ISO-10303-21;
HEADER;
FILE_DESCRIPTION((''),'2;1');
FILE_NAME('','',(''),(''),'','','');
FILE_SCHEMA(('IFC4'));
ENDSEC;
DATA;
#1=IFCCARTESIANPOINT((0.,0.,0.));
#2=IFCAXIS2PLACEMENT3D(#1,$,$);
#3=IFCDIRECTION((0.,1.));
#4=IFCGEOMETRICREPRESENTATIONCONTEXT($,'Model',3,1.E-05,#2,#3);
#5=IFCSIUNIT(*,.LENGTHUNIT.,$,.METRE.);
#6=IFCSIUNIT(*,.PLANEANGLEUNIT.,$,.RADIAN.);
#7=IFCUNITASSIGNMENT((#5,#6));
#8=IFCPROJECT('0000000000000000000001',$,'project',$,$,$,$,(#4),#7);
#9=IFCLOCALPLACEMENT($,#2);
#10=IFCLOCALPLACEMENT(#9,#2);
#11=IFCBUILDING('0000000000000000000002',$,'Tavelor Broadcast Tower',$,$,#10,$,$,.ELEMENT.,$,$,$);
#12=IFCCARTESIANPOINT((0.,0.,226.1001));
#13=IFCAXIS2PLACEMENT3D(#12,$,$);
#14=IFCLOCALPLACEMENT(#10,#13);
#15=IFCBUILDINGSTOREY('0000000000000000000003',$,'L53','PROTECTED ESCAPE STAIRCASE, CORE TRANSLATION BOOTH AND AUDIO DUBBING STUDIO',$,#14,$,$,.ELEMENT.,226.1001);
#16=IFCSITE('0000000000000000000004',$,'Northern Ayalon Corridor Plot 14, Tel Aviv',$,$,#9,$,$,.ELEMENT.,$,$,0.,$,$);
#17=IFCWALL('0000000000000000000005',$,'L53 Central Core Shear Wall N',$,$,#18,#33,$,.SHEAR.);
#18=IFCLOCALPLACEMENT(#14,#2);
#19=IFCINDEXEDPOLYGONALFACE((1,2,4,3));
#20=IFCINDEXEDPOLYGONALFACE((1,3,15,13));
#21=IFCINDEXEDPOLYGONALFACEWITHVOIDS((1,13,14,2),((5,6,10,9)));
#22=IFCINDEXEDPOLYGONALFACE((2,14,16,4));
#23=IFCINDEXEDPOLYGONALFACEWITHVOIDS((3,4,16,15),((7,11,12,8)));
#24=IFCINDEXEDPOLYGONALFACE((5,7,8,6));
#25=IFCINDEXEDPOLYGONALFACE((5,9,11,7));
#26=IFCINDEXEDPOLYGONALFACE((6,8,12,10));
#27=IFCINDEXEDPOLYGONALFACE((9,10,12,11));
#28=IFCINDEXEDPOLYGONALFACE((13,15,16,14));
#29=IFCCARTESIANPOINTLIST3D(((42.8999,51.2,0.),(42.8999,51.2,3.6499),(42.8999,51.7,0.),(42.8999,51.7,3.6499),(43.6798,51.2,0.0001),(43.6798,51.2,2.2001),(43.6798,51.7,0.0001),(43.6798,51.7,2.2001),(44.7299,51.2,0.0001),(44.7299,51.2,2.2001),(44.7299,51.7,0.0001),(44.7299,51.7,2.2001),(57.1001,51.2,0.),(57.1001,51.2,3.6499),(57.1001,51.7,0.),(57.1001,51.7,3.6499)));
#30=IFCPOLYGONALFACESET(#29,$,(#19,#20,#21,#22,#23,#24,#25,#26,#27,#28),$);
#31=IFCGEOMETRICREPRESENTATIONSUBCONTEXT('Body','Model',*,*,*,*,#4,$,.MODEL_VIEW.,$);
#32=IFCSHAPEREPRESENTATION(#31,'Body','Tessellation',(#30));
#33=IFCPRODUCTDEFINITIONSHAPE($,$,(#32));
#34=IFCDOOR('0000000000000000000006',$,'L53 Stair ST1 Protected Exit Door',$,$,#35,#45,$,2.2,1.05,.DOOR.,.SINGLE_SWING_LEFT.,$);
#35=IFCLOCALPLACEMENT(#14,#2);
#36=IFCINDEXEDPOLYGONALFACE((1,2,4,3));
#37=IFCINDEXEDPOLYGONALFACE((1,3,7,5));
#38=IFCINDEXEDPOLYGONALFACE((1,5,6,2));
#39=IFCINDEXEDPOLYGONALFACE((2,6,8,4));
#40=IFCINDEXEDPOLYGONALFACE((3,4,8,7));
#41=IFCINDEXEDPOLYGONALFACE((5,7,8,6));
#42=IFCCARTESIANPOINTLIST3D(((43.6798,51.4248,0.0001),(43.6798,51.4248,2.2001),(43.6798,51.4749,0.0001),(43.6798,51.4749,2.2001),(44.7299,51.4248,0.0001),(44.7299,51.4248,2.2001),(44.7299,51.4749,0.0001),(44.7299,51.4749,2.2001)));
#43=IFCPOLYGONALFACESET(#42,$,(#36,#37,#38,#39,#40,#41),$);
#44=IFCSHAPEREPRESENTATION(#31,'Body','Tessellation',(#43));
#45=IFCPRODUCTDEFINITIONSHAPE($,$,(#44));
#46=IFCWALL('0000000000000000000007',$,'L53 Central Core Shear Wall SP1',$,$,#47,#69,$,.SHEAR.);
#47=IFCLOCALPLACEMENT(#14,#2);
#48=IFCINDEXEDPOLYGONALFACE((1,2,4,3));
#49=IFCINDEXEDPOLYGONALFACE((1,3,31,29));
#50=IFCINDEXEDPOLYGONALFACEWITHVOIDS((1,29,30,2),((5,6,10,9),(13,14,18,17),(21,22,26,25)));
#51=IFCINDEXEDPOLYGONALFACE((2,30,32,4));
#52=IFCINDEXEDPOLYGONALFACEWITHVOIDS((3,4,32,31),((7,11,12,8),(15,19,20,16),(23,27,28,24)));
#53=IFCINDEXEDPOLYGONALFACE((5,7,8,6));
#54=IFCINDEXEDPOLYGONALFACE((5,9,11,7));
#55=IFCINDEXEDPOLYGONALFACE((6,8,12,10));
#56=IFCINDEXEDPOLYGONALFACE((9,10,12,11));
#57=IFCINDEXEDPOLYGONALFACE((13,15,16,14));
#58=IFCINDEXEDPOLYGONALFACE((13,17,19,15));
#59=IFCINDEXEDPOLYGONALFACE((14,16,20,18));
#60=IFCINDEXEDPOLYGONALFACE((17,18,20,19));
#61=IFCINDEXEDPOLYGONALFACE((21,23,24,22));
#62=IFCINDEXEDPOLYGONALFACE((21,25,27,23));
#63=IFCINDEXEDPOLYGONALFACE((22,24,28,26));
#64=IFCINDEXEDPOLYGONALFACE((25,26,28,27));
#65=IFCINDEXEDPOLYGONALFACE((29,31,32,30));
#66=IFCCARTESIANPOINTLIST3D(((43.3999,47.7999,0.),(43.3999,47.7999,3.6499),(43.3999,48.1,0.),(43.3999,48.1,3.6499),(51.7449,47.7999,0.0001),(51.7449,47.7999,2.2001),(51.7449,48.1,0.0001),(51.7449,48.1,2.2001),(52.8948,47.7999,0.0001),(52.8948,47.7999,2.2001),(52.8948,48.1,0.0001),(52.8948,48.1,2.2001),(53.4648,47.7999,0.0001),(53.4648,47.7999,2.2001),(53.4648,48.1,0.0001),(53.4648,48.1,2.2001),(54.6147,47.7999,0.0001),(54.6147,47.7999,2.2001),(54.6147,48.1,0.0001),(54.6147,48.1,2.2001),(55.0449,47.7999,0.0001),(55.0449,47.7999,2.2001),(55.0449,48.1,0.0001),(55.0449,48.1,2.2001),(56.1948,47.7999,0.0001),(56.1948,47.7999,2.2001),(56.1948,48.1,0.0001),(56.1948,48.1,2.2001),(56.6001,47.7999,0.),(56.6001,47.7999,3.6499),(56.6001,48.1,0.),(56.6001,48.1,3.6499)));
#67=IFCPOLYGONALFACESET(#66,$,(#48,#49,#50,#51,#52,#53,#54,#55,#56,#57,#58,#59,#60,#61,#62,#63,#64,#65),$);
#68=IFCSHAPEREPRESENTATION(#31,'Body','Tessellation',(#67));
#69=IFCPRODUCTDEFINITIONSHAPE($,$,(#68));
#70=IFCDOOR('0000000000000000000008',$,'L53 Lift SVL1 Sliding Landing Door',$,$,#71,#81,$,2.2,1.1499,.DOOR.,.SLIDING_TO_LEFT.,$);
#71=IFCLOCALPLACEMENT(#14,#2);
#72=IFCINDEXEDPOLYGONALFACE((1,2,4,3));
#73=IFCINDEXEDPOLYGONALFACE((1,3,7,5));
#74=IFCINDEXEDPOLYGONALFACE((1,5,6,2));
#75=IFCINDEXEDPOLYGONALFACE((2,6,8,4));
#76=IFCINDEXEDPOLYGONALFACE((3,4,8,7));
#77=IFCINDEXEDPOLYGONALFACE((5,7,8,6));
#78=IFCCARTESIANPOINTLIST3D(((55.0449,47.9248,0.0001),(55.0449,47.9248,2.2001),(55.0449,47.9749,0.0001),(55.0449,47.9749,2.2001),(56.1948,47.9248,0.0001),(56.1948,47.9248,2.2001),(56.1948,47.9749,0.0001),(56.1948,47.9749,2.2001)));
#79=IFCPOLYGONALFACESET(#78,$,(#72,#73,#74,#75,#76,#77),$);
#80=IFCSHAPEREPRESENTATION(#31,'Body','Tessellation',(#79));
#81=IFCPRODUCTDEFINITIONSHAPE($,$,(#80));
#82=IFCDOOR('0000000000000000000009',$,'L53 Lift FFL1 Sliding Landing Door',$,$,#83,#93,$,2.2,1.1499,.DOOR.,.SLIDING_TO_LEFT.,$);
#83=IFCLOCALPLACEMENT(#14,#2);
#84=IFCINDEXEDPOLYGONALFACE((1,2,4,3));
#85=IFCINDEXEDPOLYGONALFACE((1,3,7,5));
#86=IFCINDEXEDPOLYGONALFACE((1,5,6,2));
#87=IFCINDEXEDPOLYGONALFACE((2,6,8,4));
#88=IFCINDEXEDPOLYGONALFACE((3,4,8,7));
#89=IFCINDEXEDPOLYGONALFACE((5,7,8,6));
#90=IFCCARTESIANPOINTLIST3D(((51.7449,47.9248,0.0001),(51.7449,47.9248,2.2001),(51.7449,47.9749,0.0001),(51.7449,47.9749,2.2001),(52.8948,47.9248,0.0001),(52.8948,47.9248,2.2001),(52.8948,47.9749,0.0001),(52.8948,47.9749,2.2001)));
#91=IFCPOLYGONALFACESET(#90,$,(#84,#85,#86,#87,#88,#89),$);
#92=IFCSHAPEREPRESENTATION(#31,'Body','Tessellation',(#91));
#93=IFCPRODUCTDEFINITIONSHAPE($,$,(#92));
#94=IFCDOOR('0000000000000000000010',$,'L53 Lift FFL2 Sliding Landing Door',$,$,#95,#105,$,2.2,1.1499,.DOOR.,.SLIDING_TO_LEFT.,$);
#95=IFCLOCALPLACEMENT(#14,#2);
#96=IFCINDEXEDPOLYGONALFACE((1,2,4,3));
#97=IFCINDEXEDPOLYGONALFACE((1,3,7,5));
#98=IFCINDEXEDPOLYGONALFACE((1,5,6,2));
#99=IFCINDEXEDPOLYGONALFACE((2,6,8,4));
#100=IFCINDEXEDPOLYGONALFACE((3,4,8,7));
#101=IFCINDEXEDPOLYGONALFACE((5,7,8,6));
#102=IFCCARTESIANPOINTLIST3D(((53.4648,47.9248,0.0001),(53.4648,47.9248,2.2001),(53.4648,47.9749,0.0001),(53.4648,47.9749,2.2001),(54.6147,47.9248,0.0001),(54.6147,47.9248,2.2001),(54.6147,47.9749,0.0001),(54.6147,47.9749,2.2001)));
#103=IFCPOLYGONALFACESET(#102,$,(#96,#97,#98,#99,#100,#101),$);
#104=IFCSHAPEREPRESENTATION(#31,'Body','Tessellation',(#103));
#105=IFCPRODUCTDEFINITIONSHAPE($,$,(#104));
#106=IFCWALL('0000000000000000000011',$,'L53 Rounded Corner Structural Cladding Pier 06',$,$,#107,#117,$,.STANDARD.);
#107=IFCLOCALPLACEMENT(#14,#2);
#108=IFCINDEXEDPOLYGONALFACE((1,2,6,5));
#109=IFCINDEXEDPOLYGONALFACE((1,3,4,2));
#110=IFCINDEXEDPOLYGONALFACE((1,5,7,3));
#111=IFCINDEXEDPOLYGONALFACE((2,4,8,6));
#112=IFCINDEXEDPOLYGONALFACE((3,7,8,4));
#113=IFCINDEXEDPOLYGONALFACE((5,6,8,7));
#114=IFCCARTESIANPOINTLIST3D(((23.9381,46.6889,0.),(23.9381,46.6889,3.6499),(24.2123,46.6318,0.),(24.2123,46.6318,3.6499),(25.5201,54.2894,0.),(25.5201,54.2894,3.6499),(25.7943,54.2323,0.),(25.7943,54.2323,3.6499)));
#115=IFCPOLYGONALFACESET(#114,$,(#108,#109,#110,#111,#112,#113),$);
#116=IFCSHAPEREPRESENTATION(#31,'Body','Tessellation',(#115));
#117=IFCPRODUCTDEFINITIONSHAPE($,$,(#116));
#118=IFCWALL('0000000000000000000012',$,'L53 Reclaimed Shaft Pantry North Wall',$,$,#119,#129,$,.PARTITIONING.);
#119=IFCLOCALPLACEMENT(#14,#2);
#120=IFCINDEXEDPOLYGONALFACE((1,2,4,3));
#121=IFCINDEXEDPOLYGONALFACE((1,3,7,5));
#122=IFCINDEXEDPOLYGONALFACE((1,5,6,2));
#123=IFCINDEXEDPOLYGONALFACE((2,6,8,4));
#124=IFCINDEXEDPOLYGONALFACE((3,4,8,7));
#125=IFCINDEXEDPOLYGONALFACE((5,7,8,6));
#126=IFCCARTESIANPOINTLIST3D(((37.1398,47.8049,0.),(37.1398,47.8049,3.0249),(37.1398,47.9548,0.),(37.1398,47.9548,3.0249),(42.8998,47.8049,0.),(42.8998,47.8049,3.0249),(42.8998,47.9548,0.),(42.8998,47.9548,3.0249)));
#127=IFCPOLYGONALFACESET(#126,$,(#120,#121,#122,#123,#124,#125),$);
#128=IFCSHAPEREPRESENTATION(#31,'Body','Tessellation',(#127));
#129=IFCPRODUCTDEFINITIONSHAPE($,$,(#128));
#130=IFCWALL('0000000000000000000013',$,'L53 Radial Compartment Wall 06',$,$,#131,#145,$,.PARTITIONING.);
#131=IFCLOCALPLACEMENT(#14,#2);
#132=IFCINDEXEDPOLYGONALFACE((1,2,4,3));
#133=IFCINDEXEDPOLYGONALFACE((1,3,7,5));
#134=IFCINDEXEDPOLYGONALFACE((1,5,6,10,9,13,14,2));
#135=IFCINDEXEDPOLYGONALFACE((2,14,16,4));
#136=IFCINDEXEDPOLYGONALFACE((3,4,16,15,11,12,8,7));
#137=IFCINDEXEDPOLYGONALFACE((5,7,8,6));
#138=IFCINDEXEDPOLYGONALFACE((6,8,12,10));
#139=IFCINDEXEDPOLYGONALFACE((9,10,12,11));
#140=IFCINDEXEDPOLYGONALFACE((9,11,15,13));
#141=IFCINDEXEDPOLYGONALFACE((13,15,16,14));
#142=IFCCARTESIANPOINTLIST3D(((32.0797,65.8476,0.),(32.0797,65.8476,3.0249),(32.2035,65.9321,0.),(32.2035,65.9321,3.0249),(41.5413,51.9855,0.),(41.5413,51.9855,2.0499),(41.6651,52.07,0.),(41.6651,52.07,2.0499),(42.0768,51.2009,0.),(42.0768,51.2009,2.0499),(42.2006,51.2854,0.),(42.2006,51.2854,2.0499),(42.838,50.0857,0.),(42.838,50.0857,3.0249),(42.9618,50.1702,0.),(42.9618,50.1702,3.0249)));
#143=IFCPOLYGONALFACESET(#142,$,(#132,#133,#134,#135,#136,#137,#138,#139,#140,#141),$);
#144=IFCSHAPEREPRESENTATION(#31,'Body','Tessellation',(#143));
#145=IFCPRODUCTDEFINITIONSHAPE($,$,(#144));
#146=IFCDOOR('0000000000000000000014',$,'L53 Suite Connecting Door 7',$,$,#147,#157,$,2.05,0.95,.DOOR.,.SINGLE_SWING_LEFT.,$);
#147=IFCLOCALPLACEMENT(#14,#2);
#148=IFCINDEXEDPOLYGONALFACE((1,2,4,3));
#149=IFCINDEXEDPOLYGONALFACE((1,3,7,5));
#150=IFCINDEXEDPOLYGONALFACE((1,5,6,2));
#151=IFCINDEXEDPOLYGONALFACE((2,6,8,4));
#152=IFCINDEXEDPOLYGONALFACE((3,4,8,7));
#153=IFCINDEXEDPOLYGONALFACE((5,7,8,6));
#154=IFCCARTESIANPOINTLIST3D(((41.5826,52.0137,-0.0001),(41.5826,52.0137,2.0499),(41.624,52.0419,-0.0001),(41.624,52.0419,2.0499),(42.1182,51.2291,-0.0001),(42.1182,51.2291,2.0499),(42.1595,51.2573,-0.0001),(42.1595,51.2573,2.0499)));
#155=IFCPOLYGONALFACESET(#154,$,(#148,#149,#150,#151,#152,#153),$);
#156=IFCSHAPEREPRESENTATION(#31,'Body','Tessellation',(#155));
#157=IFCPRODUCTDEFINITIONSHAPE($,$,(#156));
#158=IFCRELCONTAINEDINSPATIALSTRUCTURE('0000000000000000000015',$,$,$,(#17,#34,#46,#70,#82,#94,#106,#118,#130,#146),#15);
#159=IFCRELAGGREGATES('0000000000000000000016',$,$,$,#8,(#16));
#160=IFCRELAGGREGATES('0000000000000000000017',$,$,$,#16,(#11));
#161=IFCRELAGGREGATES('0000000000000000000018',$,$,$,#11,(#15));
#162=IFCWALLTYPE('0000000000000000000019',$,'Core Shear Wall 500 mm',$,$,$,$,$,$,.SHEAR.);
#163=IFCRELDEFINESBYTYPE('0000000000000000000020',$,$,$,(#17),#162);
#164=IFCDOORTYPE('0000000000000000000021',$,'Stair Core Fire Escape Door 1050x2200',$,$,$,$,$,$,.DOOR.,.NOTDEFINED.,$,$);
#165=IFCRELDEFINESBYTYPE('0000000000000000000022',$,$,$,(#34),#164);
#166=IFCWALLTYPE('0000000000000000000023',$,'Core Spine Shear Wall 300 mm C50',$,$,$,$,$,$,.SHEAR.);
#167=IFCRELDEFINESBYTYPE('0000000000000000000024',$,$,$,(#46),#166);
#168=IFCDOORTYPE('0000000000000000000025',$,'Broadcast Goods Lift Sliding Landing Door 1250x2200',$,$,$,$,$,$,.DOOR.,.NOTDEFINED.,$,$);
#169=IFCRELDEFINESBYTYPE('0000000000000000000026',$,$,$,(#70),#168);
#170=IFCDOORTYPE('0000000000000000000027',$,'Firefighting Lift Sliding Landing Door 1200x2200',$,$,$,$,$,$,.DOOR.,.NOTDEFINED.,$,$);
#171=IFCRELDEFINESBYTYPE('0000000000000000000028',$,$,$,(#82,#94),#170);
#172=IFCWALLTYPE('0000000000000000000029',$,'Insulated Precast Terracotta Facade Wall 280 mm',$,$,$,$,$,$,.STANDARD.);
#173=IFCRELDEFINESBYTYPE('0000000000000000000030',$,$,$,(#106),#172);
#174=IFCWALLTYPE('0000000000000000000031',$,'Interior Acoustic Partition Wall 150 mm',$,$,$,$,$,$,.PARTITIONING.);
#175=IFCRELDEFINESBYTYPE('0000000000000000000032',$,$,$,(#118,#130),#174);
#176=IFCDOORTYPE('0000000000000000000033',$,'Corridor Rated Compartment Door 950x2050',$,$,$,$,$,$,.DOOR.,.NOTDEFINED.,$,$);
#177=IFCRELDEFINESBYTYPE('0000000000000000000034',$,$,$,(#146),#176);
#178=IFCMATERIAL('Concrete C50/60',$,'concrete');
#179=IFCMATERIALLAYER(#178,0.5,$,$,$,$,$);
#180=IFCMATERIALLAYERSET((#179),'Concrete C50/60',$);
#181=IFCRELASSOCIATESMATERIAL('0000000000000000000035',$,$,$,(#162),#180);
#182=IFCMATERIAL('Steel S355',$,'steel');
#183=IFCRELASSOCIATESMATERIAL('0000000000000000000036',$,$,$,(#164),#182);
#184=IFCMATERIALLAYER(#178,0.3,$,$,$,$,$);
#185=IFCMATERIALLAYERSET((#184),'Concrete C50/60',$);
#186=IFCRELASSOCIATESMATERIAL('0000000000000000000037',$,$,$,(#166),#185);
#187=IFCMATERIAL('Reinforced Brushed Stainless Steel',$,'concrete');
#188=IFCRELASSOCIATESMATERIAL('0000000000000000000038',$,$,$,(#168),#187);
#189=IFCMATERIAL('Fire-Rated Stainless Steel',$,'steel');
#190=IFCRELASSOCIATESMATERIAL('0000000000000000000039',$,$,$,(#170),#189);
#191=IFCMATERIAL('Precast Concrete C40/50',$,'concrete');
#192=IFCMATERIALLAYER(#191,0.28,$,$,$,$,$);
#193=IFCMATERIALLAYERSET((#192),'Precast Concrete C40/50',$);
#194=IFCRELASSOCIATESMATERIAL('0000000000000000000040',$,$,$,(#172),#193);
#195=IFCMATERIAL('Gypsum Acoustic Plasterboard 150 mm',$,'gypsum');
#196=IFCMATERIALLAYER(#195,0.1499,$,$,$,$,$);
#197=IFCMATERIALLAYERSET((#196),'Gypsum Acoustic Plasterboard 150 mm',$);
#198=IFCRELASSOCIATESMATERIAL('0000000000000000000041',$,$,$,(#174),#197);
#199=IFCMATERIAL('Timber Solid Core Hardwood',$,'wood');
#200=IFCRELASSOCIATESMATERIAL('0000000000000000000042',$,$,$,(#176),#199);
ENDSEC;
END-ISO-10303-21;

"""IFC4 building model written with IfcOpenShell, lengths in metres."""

from ifc_helpers import new_model, si_unit, direction, frame, frame_2d, origin, place, context, subcontext, project, spatial, rectangle, extrude, material, layer, layer_set, type_object, element, fill, save


model = new_model("IFC4")

# Units and contexts
model_context = context("Model", 3, precision=1e-05, world=origin(), true_north=direction((0.0, 1.0)))
body_context = subcontext(model_context, "Body", "Model", "MODEL_VIEW")
ifc_project = project(units=[si_unit("LENGTHUNIT", "METRE"), si_unit("PLANEANGLEUNIT", "RADIAN")], contexts=[model_context])

# Site, building, storey
site_placement = place(None, origin())
site = spatial("IfcSite", under=ifc_project, at=site_placement, Name="Northern Ayalon Corridor Plot 14, Tel Aviv", CompositionType="ELEMENT", RefElevation=0.0)
building_placement = place(site_placement, origin())
building = spatial("IfcBuilding", under=site, at=building_placement, Name="Tavelor Broadcast Tower", CompositionType="ELEMENT")
storey_placement = place(building_placement, frame((0.0, 0.0, 226.1001)))
storey = spatial("IfcBuildingStorey", under=building, at=storey_placement, Name="L53", Description="PROTECTED ESCAPE STAIRCASE, CORE TRANSLATION BOOTH AND AUDIO DUBBING STUDIO", CompositionType="ELEMENT", Elevation=226.1001)

# Shared definitions
ifc_material_1 = material(Name="Concrete C50/60", Category="concrete")

# Shared definitions
ifc_material_2 = material(Name="Steel S355", Category="steel")

# Wall, opening, door
ifc_layer_1 = layer(ifc_material_1, 0.5)
ifc_layer_set_1 = layer_set([ifc_layer_1], Name="Concrete C50/60")
wall_type_1 = type_object("IfcWallType", Name="Core Shear Wall 500 mm", PredefinedType="SHEAR", material=ifc_layer_set_1)
wall_1_placement = place(storey_placement, frame((42.8999, 51.45, 0.0), z_axis=(0.0, 0.0, 1.0), x_axis=(1.0, 0.0, 0.0)))
wall_1 = element("IfcWall", 1, at=wall_1_placement, inside=storey, type_object=wall_type_1, Name="L53 Central Core Shear Wall N", PredefinedType="SHEAR", context=body_context, shape_type="SweptSolid", body=[
    extrude(rectangle(XDim=14.2002, YDim=0.5, at=frame_2d((7.1001, 0.0))), origin(), (0.0, 0.0, 1.0), 3.6499),
])
opening_1_placement = place(wall_1_placement, frame((0.78, 0.0, 0.0)))
opening_1 = element("IfcOpeningElement", 2, at=opening_1_placement, cuts=wall_1, PredefinedType="OPENING", context=body_context, shape_type="SweptSolid", body=[
    extrude(rectangle(XDim=1.05, YDim=2.2, at=frame_2d((0.5249, 1.1001))), frame((0.0, 0.26, 0.0), z_axis=(0.0, -1.0, 0.0), x_axis=(1.0, 0.0, 0.0)), (0.0, 0.0, 1.0), 0.52),
])
door_type_1 = type_object("IfcDoorType", Name="Stair Core Fire Escape Door 1050x2200", OperationType="NOTDEFINED", PredefinedType="DOOR", material=ifc_material_2)
door_1_placement = place(opening_1_placement, origin())
door_1 = element("IfcDoor", 3, at=door_1_placement, inside=storey, type_object=door_type_1, Name="L53 Stair ST1 Protected Exit Door", OperationType="SINGLE_SWING_LEFT", OverallHeight=2.2, OverallWidth=1.05, PredefinedType="DOOR", context=body_context, shape_type="SweptSolid", body=[
    extrude(rectangle(XDim=1.05, YDim=2.2, at=frame_2d((0.5249, 1.1001))), frame((0.0, 0.0249, 0.0), z_axis=(0.0, -1.0, 0.0), x_axis=(1.0, 0.0, 0.0)), (0.0, 0.0, 1.0), 0.05),
])
fill(opening_1, door_1)

# Wall, openings, doors
ifc_layer_2 = layer(ifc_material_1, 0.3)
ifc_layer_set_2 = layer_set([ifc_layer_2], Name="Concrete C50/60")
wall_type_2 = type_object("IfcWallType", Name="Core Spine Shear Wall 300 mm C50", PredefinedType="SHEAR", material=ifc_layer_set_2)
wall_2_placement = place(storey_placement, frame((43.3999, 47.95, 0.0), z_axis=(0.0, 0.0, 1.0), x_axis=(1.0, 0.0, 0.0)))
wall_2 = element("IfcWall", 4, at=wall_2_placement, inside=storey, type_object=wall_type_2, Name="L53 Central Core Shear Wall SP1", PredefinedType="SHEAR", context=body_context, shape_type="SweptSolid", body=[
    extrude(rectangle(XDim=13.2002, YDim=0.3, at=frame_2d((6.6001, 0.0))), origin(), (0.0, 0.0, 1.0), 3.6499),
])
opening_2_placement = place(wall_2_placement, frame((8.345, 0.0, 0.0)))
opening_2 = element("IfcOpeningElement", 5, at=opening_2_placement, cuts=wall_2, PredefinedType="OPENING", context=body_context, shape_type="SweptSolid", body=[
    extrude(rectangle(XDim=1.1499, YDim=2.2, at=frame_2d((0.575, 1.1001))), frame((0.0, 0.1602, 0.0), z_axis=(0.0, -1.0, 0.0), x_axis=(1.0, 0.0, 0.0)), (0.0, 0.0, 1.0), 0.3201),
])
opening_3_placement = place(wall_2_placement, frame((10.0649, 0.0, 0.0)))
opening_3 = element("IfcOpeningElement", 6, at=opening_3_placement, cuts=wall_2, PredefinedType="OPENING", context=body_context, shape_type="SweptSolid", body=[
    extrude(rectangle(XDim=1.1499, YDim=2.2, at=frame_2d((0.575, 1.1001))), frame((0.0, 0.1602, 0.0), z_axis=(0.0, -1.0, 0.0), x_axis=(1.0, 0.0, 0.0)), (0.0, 0.0, 1.0), 0.3201),
])
opening_4_placement = place(wall_2_placement, frame((11.645, 0.0, 0.0)))
opening_4 = element("IfcOpeningElement", 7, at=opening_4_placement, cuts=wall_2, PredefinedType="OPENING", context=body_context, shape_type="SweptSolid", body=[
    extrude(rectangle(XDim=1.1499, YDim=2.2, at=frame_2d((0.575, 1.1001))), frame((0.0, 0.1602, 0.0), z_axis=(0.0, -1.0, 0.0), x_axis=(1.0, 0.0, 0.0)), (0.0, 0.0, 1.0), 0.3201),
])
ifc_material_3 = material(Name="Reinforced Brushed Stainless Steel", Category="concrete")
door_type_2 = type_object("IfcDoorType", Name="Broadcast Goods Lift Sliding Landing Door 1250x2200", OperationType="NOTDEFINED", PredefinedType="DOOR", material=ifc_material_3)
door_2_placement = place(opening_4_placement, origin())
door_2 = element("IfcDoor", 8, at=door_2_placement, inside=storey, type_object=door_type_2, Name="L53 Lift SVL1 Sliding Landing Door", OperationType="SLIDING_TO_LEFT", OverallHeight=2.2, OverallWidth=1.1499, PredefinedType="DOOR", context=body_context, shape_type="SweptSolid", body=[
    extrude(rectangle(XDim=1.1499, YDim=2.2, at=frame_2d((0.575, 1.1001))), frame((0.0, 0.0249, 0.0), z_axis=(0.0, -1.0, 0.0), x_axis=(1.0, 0.0, 0.0)), (0.0, 0.0, 1.0), 0.05),
])
fill(opening_4, door_2)
ifc_material_4 = material(Name="Fire-Rated Stainless Steel", Category="steel")
door_type_3 = type_object("IfcDoorType", Name="Firefighting Lift Sliding Landing Door 1200x2200", OperationType="NOTDEFINED", PredefinedType="DOOR", material=ifc_material_4)
door_3_placement = place(opening_2_placement, origin())
door_3 = element("IfcDoor", 9, at=door_3_placement, inside=storey, type_object=door_type_3, Name="L53 Lift FFL1 Sliding Landing Door", OperationType="SLIDING_TO_LEFT", OverallHeight=2.2, OverallWidth=1.1499, PredefinedType="DOOR", context=body_context, shape_type="SweptSolid", body=[
    extrude(rectangle(XDim=1.1499, YDim=2.2, at=frame_2d((0.575, 1.1001))), frame((0.0, 0.0249, 0.0), z_axis=(0.0, -1.0, 0.0), x_axis=(1.0, 0.0, 0.0)), (0.0, 0.0, 1.0), 0.05),
])
fill(opening_2, door_3)
door_4_placement = place(opening_3_placement, origin())
door_4 = element("IfcDoor", 10, at=door_4_placement, inside=storey, type_object=door_type_3, Name="L53 Lift FFL2 Sliding Landing Door", OperationType="SLIDING_TO_LEFT", OverallHeight=2.2, OverallWidth=1.1499, PredefinedType="DOOR", context=body_context, shape_type="SweptSolid", body=[
    extrude(rectangle(XDim=1.1499, YDim=2.2, at=frame_2d((0.575, 1.1001))), frame((0.0, 0.0249, 0.0), z_axis=(0.0, -1.0, 0.0), x_axis=(1.0, 0.0, 0.0)), (0.0, 0.0, 1.0), 0.05),
])
fill(opening_3, door_4)

# Walls
ifc_material_5 = material(Name="Precast Concrete C40/50", Category="concrete")
ifc_layer_3 = layer(ifc_material_5, 0.28)
ifc_layer_set_3 = layer_set([ifc_layer_3], Name="Precast Concrete C40/50")
wall_type_3 = type_object("IfcWallType", Name="Insulated Precast Terracotta Facade Wall 280 mm", PredefinedType="STANDARD", material=ifc_layer_set_3)
wall_3_placement = place(storey_placement, frame((25.6572, 54.261, 0.0), z_axis=(0.0, 0.0, 1.0), x_axis=(-0.203778, -0.979017, 0.0)))
element("IfcWall", 11, at=wall_3_placement, inside=storey, type_object=wall_type_3, Name="L53 Rounded Corner Structural Cladding Pier 06", PredefinedType="STANDARD", context=body_context, shape_type="SweptSolid", body=[
    extrude(rectangle(XDim=7.7634, YDim=0.28, at=frame_2d((3.8818, 0.0))), origin(), (0.0, 0.0, 1.0), 3.6499),
])
ifc_material_6 = material(Name="Gypsum Acoustic Plasterboard 150 mm", Category="gypsum")
ifc_layer_4 = layer(ifc_material_6, 0.1499)
ifc_layer_set_4 = layer_set([ifc_layer_4], Name="Gypsum Acoustic Plasterboard 150 mm")
wall_type_4 = type_object("IfcWallType", Name="Interior Acoustic Partition Wall 150 mm", PredefinedType="PARTITIONING", material=ifc_layer_set_4)
wall_4_placement = place(storey_placement, frame((37.1399, 47.8799, 0.0), z_axis=(0.0, 0.0, 1.0), x_axis=(1.0, 0.0, 0.0)))
element("IfcWall", 12, at=wall_4_placement, inside=storey, type_object=wall_type_4, Name="L53 Reclaimed Shaft Pantry North Wall", PredefinedType="PARTITIONING", context=body_context, shape_type="SweptSolid", body=[
    extrude(rectangle(XDim=5.76, YDim=0.1499, at=frame_2d((2.8799, 0.0))), origin(), (0.0, 0.0, 1.0), 3.0249),
])

# Wall, opening, door
wall_5_placement = place(storey_placement, frame((42.8999, 50.1279, 0.0), z_axis=(0.0, 0.0, 1.0), x_axis=(-0.563748, 0.825947, 0.0)))
wall_5 = element("IfcWall", 13, at=wall_5_placement, inside=storey, type_object=wall_type_4, Name="L53 Radial Compartment Wall 06", PredefinedType="PARTITIONING", context=body_context, shape_type="SweptSolid", body=[
    extrude(rectangle(XDim=19.0835, YDim=0.1499, at=frame_2d((9.5417, 0.0))), origin(), (0.0, 0.0, 1.0), 3.0249),
])
opening_5_placement = place(wall_5_placement, frame((1.3501, 0.0, 0.0)))
opening_5 = element("IfcOpeningElement", 14, at=opening_5_placement, cuts=wall_5, PredefinedType="OPENING", context=body_context, shape_type="SweptSolid", body=[
    extrude(rectangle(XDim=0.95, YDim=2.05, at=frame_2d((0.4751, 1.0249))), frame((0.0, 0.085, 0.0), z_axis=(0.0, -1.0, 0.0), x_axis=(1.0, 0.0, 0.0)), (0.0, 0.0, 1.0), 0.1699),
])
ifc_material_7 = material(Name="Timber Solid Core Hardwood", Category="wood")
door_type_4 = type_object("IfcDoorType", Name="Corridor Rated Compartment Door 950x2050", OperationType="NOTDEFINED", PredefinedType="DOOR", material=ifc_material_7)
door_5_placement = place(opening_5_placement, origin())
door_5 = element("IfcDoor", 15, at=door_5_placement, inside=storey, type_object=door_type_4, Name="L53 Suite Connecting Door 7", OperationType="SINGLE_SWING_LEFT", OverallHeight=2.05, OverallWidth=0.95, PredefinedType="DOOR", context=body_context, shape_type="SweptSolid", body=[
    extrude(rectangle(XDim=0.95, YDim=2.05, at=frame_2d((0.4751, 1.0249))), frame((0.0, 0.0249, 0.0), z_axis=(0.0, -1.0, 0.0), x_axis=(1.0, 0.0, 0.0)), (0.0, 0.0, 1.0), 0.05),
])
fill(opening_5, door_5)

save(model, "model.ifc")
